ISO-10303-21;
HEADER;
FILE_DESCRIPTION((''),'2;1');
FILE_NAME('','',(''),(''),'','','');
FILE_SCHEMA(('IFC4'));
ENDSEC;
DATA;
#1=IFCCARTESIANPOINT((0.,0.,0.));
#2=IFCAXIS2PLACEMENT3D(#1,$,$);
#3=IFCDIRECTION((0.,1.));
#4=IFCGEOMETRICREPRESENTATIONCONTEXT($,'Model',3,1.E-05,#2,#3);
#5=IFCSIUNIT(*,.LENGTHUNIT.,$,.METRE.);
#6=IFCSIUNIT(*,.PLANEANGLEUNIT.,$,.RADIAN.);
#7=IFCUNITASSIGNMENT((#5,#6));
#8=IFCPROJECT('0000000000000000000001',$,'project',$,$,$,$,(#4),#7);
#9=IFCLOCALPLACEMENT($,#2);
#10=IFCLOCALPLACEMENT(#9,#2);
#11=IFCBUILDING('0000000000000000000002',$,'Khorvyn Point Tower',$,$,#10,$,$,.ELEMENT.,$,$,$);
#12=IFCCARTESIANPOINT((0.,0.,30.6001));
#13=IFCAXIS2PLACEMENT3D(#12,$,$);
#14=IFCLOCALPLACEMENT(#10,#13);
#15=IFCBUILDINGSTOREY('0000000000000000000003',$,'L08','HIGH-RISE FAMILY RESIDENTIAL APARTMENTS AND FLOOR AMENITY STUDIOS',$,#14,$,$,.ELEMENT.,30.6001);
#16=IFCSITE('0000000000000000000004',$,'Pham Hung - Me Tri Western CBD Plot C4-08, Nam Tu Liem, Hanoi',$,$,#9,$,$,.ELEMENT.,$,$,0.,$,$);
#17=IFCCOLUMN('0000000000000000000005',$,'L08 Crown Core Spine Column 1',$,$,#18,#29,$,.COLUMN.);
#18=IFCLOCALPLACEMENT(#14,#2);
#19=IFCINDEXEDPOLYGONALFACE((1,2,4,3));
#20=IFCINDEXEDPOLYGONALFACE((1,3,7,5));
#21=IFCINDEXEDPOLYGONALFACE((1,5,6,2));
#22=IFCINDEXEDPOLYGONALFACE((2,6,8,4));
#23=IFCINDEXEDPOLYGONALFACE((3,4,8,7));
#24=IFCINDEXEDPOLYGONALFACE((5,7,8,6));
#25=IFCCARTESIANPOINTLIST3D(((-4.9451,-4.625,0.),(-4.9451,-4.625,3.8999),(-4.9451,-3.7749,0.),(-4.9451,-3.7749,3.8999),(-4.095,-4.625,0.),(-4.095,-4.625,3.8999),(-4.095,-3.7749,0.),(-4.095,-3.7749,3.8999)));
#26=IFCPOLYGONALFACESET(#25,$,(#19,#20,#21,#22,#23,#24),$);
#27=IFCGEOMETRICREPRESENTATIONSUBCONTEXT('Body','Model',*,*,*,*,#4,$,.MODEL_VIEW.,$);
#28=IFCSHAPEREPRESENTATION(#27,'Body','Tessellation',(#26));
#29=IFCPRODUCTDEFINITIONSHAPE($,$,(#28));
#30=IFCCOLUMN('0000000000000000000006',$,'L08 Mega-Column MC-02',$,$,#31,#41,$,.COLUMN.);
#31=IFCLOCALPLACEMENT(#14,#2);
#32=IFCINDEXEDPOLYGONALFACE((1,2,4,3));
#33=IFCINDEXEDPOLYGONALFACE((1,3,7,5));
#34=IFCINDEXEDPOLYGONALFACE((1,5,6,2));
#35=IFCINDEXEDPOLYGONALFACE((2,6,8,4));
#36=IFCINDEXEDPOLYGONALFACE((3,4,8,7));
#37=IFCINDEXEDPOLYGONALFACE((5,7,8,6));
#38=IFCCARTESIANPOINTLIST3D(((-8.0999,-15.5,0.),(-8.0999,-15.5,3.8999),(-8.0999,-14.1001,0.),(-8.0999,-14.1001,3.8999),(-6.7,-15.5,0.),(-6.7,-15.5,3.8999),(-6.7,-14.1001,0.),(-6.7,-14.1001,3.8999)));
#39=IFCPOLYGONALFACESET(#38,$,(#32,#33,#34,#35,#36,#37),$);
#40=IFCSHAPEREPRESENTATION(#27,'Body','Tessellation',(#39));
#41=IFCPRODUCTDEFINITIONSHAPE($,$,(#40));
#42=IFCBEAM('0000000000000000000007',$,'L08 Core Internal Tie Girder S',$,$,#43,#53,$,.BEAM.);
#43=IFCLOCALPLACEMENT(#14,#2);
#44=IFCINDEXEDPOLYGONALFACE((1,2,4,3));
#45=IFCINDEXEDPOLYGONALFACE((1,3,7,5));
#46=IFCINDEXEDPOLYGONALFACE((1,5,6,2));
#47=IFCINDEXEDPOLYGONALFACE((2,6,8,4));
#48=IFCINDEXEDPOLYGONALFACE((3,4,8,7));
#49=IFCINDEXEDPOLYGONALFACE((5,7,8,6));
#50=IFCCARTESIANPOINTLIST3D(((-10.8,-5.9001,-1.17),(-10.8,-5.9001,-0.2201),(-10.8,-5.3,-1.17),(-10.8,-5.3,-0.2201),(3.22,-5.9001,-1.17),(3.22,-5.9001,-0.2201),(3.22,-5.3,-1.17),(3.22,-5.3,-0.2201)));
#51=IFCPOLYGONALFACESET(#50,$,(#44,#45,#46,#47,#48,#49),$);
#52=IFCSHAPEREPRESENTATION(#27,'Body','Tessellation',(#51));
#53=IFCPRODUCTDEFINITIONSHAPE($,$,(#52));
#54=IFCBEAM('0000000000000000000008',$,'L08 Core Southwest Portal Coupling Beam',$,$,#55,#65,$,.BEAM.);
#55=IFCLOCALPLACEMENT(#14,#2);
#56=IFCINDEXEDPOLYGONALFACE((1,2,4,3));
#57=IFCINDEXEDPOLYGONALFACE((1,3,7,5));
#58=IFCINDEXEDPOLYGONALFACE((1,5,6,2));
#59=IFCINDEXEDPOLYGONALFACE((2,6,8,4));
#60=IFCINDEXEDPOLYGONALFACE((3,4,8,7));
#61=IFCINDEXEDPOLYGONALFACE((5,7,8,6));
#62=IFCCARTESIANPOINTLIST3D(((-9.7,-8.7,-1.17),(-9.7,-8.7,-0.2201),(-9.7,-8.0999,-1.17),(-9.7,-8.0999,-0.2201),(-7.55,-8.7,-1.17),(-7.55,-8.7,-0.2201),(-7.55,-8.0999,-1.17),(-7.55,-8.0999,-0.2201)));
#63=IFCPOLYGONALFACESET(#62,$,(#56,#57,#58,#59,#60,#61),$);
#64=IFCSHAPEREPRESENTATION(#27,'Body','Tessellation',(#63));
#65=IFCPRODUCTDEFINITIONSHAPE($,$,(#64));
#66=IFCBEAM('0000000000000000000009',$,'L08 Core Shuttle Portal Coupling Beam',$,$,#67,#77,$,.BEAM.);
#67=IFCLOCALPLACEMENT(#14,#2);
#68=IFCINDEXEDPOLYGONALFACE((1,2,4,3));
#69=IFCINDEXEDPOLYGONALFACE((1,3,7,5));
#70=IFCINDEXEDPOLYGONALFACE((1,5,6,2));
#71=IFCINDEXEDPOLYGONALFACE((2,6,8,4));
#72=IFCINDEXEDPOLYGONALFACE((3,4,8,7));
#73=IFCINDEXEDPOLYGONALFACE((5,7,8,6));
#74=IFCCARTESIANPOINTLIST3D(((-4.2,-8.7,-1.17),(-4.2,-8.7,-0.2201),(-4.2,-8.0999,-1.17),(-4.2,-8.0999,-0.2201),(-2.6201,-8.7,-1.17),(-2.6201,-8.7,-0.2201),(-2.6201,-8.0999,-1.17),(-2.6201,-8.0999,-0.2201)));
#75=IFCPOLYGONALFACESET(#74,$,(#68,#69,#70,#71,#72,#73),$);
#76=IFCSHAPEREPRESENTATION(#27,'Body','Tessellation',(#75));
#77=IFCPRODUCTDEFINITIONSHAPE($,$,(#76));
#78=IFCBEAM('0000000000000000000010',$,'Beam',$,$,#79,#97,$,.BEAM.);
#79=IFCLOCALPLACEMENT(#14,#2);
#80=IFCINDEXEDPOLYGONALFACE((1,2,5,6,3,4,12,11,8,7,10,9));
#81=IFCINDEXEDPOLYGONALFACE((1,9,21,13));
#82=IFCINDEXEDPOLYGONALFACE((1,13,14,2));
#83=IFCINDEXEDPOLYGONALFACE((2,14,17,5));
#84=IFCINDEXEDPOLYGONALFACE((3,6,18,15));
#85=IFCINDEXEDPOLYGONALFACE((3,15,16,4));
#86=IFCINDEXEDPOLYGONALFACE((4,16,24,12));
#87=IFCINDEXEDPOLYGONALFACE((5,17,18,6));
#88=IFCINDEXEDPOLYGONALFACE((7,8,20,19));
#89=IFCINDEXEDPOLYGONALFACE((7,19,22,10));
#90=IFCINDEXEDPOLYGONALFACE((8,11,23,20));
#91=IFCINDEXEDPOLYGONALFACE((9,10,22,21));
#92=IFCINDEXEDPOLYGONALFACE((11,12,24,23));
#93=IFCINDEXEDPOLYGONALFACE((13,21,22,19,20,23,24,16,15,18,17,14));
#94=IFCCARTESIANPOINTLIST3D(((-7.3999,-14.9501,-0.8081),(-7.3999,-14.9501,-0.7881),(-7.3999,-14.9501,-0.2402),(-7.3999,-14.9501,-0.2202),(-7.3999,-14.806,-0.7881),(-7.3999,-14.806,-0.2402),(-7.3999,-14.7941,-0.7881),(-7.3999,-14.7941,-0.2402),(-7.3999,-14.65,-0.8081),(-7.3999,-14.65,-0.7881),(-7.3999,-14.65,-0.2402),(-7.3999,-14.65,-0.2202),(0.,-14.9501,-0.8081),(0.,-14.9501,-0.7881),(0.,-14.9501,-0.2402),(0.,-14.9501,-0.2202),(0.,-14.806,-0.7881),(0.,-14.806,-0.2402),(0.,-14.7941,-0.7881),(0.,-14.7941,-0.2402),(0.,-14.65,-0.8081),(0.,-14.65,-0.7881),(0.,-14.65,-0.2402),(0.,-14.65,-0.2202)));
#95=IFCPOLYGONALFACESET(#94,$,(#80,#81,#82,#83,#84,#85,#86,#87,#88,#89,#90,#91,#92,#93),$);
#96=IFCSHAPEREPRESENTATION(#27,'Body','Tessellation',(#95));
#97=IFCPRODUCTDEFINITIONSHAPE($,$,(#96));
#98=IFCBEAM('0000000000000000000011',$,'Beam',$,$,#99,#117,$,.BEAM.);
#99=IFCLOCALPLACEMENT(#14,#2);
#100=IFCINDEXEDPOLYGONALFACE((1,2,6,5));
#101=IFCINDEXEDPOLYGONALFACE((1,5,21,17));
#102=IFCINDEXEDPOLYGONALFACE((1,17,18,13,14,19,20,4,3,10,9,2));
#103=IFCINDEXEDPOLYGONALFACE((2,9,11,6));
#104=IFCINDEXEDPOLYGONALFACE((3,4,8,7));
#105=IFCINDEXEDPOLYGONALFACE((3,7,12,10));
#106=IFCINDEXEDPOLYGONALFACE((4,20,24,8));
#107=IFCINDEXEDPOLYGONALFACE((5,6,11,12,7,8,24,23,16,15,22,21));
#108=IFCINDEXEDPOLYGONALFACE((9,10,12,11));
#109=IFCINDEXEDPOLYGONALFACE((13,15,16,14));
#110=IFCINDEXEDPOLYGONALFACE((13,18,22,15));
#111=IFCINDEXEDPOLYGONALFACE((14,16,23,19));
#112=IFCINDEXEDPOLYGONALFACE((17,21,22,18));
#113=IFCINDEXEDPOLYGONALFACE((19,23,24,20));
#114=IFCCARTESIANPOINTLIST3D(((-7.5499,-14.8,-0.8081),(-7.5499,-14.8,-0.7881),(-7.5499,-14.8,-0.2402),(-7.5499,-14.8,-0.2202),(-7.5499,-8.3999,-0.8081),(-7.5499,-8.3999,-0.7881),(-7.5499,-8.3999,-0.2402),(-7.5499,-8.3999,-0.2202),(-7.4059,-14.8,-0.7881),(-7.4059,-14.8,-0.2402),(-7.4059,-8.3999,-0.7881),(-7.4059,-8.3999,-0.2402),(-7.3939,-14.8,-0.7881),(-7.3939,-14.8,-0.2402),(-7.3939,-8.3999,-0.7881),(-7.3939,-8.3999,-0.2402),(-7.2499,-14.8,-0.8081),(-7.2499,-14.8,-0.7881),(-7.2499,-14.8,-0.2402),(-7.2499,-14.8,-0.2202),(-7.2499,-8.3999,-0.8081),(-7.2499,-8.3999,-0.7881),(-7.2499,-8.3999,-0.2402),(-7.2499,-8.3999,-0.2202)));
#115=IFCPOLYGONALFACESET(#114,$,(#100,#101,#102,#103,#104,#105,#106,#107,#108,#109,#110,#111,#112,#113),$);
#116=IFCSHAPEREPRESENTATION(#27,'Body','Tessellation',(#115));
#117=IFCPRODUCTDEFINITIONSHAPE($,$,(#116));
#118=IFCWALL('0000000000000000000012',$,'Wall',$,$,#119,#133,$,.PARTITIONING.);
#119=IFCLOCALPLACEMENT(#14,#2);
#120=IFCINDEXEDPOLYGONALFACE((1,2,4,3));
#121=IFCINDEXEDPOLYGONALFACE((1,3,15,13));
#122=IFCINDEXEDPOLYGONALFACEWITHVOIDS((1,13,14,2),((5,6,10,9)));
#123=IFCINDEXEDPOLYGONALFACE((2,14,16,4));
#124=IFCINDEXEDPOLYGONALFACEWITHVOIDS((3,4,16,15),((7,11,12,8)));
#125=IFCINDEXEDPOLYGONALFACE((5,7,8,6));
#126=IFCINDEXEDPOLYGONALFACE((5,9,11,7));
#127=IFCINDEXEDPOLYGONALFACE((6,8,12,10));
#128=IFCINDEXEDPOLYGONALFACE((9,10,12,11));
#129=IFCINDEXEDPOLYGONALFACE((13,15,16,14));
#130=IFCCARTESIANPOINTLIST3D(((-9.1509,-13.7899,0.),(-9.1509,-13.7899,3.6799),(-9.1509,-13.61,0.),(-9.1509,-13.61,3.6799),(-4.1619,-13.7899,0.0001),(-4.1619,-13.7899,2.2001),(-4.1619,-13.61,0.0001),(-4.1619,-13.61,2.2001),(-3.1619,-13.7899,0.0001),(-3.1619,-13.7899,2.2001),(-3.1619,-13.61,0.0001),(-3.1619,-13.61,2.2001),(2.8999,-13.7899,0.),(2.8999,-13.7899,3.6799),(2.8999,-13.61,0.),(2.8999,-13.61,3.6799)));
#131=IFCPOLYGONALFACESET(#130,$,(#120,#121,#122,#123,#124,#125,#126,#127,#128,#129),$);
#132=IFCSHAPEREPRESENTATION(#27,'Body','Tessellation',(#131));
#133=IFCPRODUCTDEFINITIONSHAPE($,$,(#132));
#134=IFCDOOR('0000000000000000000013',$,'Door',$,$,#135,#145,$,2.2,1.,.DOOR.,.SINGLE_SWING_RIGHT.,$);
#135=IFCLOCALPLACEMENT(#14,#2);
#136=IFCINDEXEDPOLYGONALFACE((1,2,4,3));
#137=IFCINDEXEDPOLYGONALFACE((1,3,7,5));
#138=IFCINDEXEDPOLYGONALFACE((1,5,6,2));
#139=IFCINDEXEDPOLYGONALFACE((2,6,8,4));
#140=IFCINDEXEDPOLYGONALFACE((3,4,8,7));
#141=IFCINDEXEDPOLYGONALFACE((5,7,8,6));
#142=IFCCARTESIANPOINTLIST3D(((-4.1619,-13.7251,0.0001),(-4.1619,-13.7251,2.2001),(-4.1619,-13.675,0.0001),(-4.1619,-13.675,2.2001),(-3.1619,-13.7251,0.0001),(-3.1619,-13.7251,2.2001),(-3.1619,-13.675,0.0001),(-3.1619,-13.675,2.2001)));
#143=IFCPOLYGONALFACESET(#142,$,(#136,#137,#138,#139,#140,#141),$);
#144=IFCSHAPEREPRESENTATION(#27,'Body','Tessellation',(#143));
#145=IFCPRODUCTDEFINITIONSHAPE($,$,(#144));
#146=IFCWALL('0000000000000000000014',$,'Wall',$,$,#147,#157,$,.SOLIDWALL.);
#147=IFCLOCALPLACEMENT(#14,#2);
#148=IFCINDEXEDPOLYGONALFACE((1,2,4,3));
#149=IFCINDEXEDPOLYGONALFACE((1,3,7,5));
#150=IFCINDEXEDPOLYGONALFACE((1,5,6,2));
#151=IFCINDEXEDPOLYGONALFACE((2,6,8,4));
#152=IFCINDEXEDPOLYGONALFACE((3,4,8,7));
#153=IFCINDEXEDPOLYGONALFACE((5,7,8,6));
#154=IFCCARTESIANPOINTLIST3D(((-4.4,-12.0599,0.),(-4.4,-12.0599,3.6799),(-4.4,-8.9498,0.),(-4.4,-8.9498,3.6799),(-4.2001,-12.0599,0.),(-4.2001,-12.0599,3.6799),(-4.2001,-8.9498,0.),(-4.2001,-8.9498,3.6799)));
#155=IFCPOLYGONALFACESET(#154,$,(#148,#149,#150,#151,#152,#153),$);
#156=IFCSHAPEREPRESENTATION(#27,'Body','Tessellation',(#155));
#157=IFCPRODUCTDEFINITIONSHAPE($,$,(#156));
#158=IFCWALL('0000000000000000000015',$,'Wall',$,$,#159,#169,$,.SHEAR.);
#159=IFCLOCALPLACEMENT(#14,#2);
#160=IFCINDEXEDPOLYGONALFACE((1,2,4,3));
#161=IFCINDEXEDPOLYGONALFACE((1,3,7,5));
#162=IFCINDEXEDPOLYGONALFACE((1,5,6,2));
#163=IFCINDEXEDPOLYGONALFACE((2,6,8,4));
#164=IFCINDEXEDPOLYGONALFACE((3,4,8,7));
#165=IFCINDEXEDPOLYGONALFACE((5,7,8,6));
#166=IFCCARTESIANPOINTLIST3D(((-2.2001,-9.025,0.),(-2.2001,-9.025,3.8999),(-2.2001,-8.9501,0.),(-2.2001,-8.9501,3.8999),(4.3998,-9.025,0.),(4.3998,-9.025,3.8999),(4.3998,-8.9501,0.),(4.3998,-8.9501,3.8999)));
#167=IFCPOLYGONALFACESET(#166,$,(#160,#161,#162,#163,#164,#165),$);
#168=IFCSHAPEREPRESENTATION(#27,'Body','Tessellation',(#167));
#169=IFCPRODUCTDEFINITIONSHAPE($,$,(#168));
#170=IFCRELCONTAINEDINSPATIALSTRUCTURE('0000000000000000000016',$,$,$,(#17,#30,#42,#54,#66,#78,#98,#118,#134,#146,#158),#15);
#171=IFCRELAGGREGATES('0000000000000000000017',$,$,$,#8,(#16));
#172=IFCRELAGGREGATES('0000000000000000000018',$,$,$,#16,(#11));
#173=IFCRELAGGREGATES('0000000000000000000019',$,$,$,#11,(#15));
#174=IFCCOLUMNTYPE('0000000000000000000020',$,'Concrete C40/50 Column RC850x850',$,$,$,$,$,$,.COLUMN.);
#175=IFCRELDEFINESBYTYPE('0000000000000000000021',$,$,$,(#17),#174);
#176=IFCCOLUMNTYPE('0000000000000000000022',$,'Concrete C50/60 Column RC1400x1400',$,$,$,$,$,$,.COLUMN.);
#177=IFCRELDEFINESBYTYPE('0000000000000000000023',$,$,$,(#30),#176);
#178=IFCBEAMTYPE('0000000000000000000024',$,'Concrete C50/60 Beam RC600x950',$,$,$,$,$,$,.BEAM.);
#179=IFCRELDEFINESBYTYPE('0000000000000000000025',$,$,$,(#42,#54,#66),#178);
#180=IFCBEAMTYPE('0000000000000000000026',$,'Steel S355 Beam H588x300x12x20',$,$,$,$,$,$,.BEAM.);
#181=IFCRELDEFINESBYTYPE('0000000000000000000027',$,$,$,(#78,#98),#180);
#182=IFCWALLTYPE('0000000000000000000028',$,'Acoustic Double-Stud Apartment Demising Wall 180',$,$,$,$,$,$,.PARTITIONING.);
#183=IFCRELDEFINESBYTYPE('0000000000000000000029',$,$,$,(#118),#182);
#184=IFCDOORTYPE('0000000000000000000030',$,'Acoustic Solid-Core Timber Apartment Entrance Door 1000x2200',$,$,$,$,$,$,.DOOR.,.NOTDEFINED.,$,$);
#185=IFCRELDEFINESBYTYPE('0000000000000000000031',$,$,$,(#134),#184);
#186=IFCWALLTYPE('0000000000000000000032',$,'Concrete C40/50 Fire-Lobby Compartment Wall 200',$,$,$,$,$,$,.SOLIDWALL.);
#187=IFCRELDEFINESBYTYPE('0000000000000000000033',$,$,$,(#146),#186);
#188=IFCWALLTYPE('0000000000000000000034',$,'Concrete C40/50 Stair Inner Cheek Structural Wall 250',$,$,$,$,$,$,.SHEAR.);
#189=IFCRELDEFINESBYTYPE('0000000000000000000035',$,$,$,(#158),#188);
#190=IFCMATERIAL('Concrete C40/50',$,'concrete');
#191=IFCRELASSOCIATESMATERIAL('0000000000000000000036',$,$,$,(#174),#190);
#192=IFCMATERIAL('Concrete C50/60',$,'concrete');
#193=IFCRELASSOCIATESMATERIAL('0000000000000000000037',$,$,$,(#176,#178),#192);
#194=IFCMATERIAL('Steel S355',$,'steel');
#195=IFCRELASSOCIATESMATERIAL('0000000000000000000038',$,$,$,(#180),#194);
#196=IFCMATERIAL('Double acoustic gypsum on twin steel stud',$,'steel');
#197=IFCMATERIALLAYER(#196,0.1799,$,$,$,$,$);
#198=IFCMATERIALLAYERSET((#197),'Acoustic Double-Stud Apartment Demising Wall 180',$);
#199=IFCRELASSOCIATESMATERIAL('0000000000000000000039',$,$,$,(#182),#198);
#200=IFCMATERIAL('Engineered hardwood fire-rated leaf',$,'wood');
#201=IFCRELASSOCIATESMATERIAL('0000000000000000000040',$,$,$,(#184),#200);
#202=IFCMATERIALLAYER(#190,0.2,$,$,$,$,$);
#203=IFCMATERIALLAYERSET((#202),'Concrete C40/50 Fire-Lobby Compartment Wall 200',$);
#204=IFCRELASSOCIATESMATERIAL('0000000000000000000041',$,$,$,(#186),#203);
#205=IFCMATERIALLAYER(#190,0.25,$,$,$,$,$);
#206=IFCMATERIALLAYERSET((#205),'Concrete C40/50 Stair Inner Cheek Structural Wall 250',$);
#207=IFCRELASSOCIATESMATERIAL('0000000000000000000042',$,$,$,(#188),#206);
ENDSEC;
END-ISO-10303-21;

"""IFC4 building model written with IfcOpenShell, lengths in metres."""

from ifc_helpers import new_model, si_unit, direction, frame, frame_2d, origin, origin_2d, place, context, subcontext, project, spatial, rectangle, i_section, extrude, material, layer, layer_set, material_profile, profile_set, type_object, element, fill, save


model = new_model("IFC4")

# Units and contexts
model_context = context("Model", 3, precision=1e-05, world=origin(), true_north=direction((0.0, 1.0)))
body_context = subcontext(model_context, "Body", "Model", "MODEL_VIEW")
ifc_project = project(units=[si_unit("LENGTHUNIT", "METRE"), si_unit("PLANEANGLEUNIT", "RADIAN")], contexts=[model_context])

# Site, building, storey
site_placement = place(None, origin())
site = spatial("IfcSite", under=ifc_project, at=site_placement, Name="Pham Hung - Me Tri Western CBD Plot C4-08, Nam Tu Liem, Hanoi", CompositionType="ELEMENT", RefElevation=0.0)
building_placement = place(site_placement, origin())
building = spatial("IfcBuilding", under=site, at=building_placement, Name="Khorvyn Point Tower", CompositionType="ELEMENT")
storey_placement = place(building_placement, frame((0.0, 0.0, 30.6001)))
storey = spatial("IfcBuildingStorey", under=building, at=storey_placement, Name="L08", Description="HIGH-RISE FAMILY RESIDENTIAL APARTMENTS AND FLOOR AMENITY STUDIOS", CompositionType="ELEMENT", Elevation=30.6001)

# Columns
ifc_material_1 = material(Name="Concrete C40/50", Category="concrete")
ifc_material_profile_1 = material_profile(ifc_material_1, rectangle(XDim=0.8501, YDim=0.8501, at=origin_2d()))
ifc_profile_set_1 = profile_set([ifc_material_profile_1], Name="Concrete C40/50 RC850x850")
column_type_1 = type_object("IfcColumnType", Name="Concrete C40/50 Column RC850x850", PredefinedType="COLUMN", material=ifc_profile_set_1)
column_1_placement = place(storey_placement, frame((-4.52, -4.2, 0.0), z_axis=(0.0, 0.0, 1.0), x_axis=(1.0, 0.0, 0.0)))
element("IfcColumn", 1, at=column_1_placement, inside=storey, type_object=column_type_1, Name="L08 Crown Core Spine Column 1", PredefinedType="COLUMN", context=body_context, shape_type="SweptSolid", body=[
    extrude(rectangle(XDim=0.8501, YDim=0.8501, at=origin_2d()), origin(), (0.0, 0.0, 1.0), 3.8999),
])
ifc_material_2 = material(Name="Concrete C50/60", Category="concrete")
ifc_material_profile_2 = material_profile(ifc_material_2, rectangle(XDim=1.3999, YDim=1.3999, at=origin_2d()))
ifc_profile_set_2 = profile_set([ifc_material_profile_2], Name="Concrete C50/60 RC1400x1400")
column_type_2 = type_object("IfcColumnType", Name="Concrete C50/60 Column RC1400x1400", PredefinedType="COLUMN", material=ifc_profile_set_2)
column_2_placement = place(storey_placement, frame((-7.3999, -14.8, 0.0), z_axis=(0.0, 0.0, 1.0), x_axis=(1.0, 0.0, 0.0)))
element("IfcColumn", 2, at=column_2_placement, inside=storey, type_object=column_type_2, Name="L08 Mega-Column MC-02", PredefinedType="COLUMN", context=body_context, shape_type="SweptSolid", body=[
    extrude(rectangle(XDim=1.3999, YDim=1.3999, at=origin_2d()), origin(), (0.0, 0.0, 1.0), 3.8999),
])

# Beams
ifc_material_profile_3 = material_profile(ifc_material_2, rectangle(XDim=0.6001, YDim=0.95, at=origin_2d()))
ifc_profile_set_3 = profile_set([ifc_material_profile_3], Name="Concrete C50/60 RC600x950")
beam_type_1 = type_object("IfcBeamType", Name="Concrete C50/60 Beam RC600x950", PredefinedType="BEAM", material=ifc_profile_set_3)
beam_1_placement = place(storey_placement, frame((-10.8, -5.6001, -0.6951), z_axis=(1.0, 0.0, 0.0), x_axis=(0.0, 1.0, 0.0)))
element("IfcBeam", 3, at=beam_1_placement, inside=storey, type_object=beam_type_1, Name="L08 Core Internal Tie Girder S", PredefinedType="BEAM", context=body_context, shape_type="SweptSolid", body=[
    extrude(rectangle(XDim=0.6001, YDim=0.95, at=origin_2d()), origin(), (0.0, 0.0, 1.0), 14.02),
])
beam_2_placement = place(storey_placement, frame((-9.7, -8.3999, -0.6951), z_axis=(1.0, 0.0, 0.0), x_axis=(0.0, 1.0, 0.0)))
element("IfcBeam", 4, at=beam_2_placement, inside=storey, type_object=beam_type_1, Name="L08 Core Southwest Portal Coupling Beam", PredefinedType="BEAM", context=body_context, shape_type="SweptSolid", body=[
    extrude(rectangle(XDim=0.6001, YDim=0.95, at=origin_2d()), origin(), (0.0, 0.0, 1.0), 2.1499),
])
beam_3_placement = place(storey_placement, frame((-4.2, -8.3999, -0.6951), z_axis=(1.0, 0.0, 0.0), x_axis=(0.0, 1.0, 0.0)))
element("IfcBeam", 5, at=beam_3_placement, inside=storey, type_object=beam_type_1, Name="L08 Core Shuttle Portal Coupling Beam", PredefinedType="BEAM", context=body_context, shape_type="SweptSolid", body=[
    extrude(rectangle(XDim=0.6001, YDim=0.95, at=origin_2d()), origin(), (0.0, 0.0, 1.0), 1.5798),
])
ifc_material_3 = material(Name="Steel S355", Category="steel")
ifc_material_profile_4 = material_profile(ifc_material_3, i_section(OverallWidth=0.3, OverallDepth=0.5879, WebThickness=0.012, FlangeThickness=0.02, at=origin_2d()))
ifc_profile_set_4 = profile_set([ifc_material_profile_4], Name="Steel S355 H588x300x12x20")
beam_type_2 = type_object("IfcBeamType", Name="Steel S355 Beam H588x300x12x20", PredefinedType="BEAM", material=ifc_profile_set_4)
beam_4_placement = place(storey_placement, frame((-7.3999, -14.8, -0.5142), z_axis=(1.0, 0.0, 0.0), x_axis=(0.0, 1.0, 0.0)))
element("IfcBeam", 6, at=beam_4_placement, inside=storey, type_object=beam_type_2, Name="Beam", PredefinedType="BEAM", context=body_context, shape_type="SweptSolid", body=[
    extrude(i_section(OverallWidth=0.3, OverallDepth=0.5879, WebThickness=0.012, FlangeThickness=0.02, at=origin_2d()), origin(), (0.0, 0.0, 1.0), 7.3999),
])
beam_5_placement = place(storey_placement, frame((-7.3999, -14.8, -0.5142), z_axis=(0.0, 1.0, 0.0), x_axis=(-1.0, 0.0, 0.0)))
element("IfcBeam", 7, at=beam_5_placement, inside=storey, type_object=beam_type_2, Name="Beam", PredefinedType="BEAM", context=body_context, shape_type="SweptSolid", body=[
    extrude(i_section(OverallWidth=0.3, OverallDepth=0.5879, WebThickness=0.012, FlangeThickness=0.02, at=origin_2d()), origin(), (0.0, 0.0, 1.0), 6.4001),
])

# Wall, opening, door
ifc_material_4 = material(Name="Double acoustic gypsum on twin steel stud", Category="steel")
ifc_layer_1 = layer(ifc_material_4, 0.1799)
ifc_layer_set_1 = layer_set([ifc_layer_1], Name="Acoustic Double-Stud Apartment Demising Wall 180")
wall_type_1 = type_object("IfcWallType", Name="Acoustic Double-Stud Apartment Demising Wall 180", PredefinedType="PARTITIONING", material=ifc_layer_set_1)
wall_1_placement = place(storey_placement, frame((-9.1509, -13.7, 0.0), z_axis=(0.0, 0.0, 1.0), x_axis=(1.0, 0.0, 0.0)))
wall_1 = element("IfcWall", 8, at=wall_1_placement, inside=storey, type_object=wall_type_1, Name="Wall", PredefinedType="PARTITIONING", context=body_context, shape_type="SweptSolid", body=[
    extrude(rectangle(XDim=12.0508, YDim=0.1799, at=frame_2d((6.0254, 0.0))), origin(), (0.0, 0.0, 1.0), 3.6799),
])
opening_1_placement = place(wall_1_placement, frame((4.989, 0.0, 0.0)))
opening_1 = element("IfcOpeningElement", 9, at=opening_1_placement, cuts=wall_1, PredefinedType="OPENING", context=body_context, shape_type="SweptSolid", body=[
    extrude(rectangle(XDim=1.0, YDim=2.2, at=frame_2d((0.5, 1.1001))), frame((0.0, 0.0999, 0.0), z_axis=(0.0, -1.0, 0.0), x_axis=(1.0, 0.0, 0.0)), (0.0, 0.0, 1.0), 0.2),
])
ifc_material_5 = material(Name="Engineered hardwood fire-rated leaf", Category="wood")
door_type_1 = type_object("IfcDoorType", Name="Acoustic Solid-Core Timber Apartment Entrance Door 1000x2200", OperationType="NOTDEFINED", PredefinedType="DOOR", material=ifc_material_5)
door_1_placement = place(opening_1_placement, origin())
door_1 = element("IfcDoor", 10, at=door_1_placement, inside=storey, type_object=door_type_1, Name="Door", OperationType="SINGLE_SWING_RIGHT", OverallHeight=2.2, OverallWidth=1.0, PredefinedType="DOOR", context=body_context, shape_type="SweptSolid", body=[
    extrude(rectangle(XDim=1.0, YDim=2.2, at=frame_2d((0.5, 1.1001))), frame((0.0, 0.0249, 0.0), z_axis=(0.0, -1.0, 0.0), x_axis=(1.0, 0.0, 0.0)), (0.0, 0.0, 1.0), 0.05),
])
fill(opening_1, door_1)
ifc_layer_2 = layer(ifc_material_1, 0.2)
ifc_layer_set_2 = layer_set([ifc_layer_2], Name="Concrete C40/50 Fire-Lobby Compartment Wall 200")
wall_type_2 = type_object("IfcWallType", Name="Concrete C40/50 Fire-Lobby Compartment Wall 200", PredefinedType="SOLIDWALL", material=ifc_layer_set_2)

# Walls
wall_2_placement = place(storey_placement, frame((-4.3, -12.0601, 0.0), z_axis=(0.0, 0.0, 1.0), x_axis=(0.0, 1.0, 0.0)))
element("IfcWall", 11, at=wall_2_placement, inside=storey, type_object=wall_type_2, Name="Wall", PredefinedType="SOLIDWALL", context=body_context, shape_type="SweptSolid", body=[
    extrude(rectangle(XDim=3.1101, YDim=0.2, at=frame_2d((1.5552, 0.0))), origin(), (0.0, 0.0, 1.0), 3.6799),
])
ifc_layer_3 = layer(ifc_material_1, 0.25)
ifc_layer_set_3 = layer_set([ifc_layer_3], Name="Concrete C40/50 Stair Inner Cheek Structural Wall 250")
wall_type_3 = type_object("IfcWallType", Name="Concrete C40/50 Stair Inner Cheek Structural Wall 250", PredefinedType="SHEAR", material=ifc_layer_set_3)
wall_3_placement = place(storey_placement, frame((-2.2, -8.9875, 0.0), z_axis=(0.0, 0.0, 1.0), x_axis=(1.0, 0.0, 0.0)))
element("IfcWall", 12, at=wall_3_placement, inside=storey, type_object=wall_type_3, Name="Wall", PredefinedType="SHEAR", context=body_context, shape_type="SweptSolid", body=[
    extrude(rectangle(XDim=6.5999, YDim=0.075, at=frame_2d((3.2998, 0.0))), origin(), (0.0, 0.0, 1.0), 3.8999),
])

save(model, "model.ifc")
